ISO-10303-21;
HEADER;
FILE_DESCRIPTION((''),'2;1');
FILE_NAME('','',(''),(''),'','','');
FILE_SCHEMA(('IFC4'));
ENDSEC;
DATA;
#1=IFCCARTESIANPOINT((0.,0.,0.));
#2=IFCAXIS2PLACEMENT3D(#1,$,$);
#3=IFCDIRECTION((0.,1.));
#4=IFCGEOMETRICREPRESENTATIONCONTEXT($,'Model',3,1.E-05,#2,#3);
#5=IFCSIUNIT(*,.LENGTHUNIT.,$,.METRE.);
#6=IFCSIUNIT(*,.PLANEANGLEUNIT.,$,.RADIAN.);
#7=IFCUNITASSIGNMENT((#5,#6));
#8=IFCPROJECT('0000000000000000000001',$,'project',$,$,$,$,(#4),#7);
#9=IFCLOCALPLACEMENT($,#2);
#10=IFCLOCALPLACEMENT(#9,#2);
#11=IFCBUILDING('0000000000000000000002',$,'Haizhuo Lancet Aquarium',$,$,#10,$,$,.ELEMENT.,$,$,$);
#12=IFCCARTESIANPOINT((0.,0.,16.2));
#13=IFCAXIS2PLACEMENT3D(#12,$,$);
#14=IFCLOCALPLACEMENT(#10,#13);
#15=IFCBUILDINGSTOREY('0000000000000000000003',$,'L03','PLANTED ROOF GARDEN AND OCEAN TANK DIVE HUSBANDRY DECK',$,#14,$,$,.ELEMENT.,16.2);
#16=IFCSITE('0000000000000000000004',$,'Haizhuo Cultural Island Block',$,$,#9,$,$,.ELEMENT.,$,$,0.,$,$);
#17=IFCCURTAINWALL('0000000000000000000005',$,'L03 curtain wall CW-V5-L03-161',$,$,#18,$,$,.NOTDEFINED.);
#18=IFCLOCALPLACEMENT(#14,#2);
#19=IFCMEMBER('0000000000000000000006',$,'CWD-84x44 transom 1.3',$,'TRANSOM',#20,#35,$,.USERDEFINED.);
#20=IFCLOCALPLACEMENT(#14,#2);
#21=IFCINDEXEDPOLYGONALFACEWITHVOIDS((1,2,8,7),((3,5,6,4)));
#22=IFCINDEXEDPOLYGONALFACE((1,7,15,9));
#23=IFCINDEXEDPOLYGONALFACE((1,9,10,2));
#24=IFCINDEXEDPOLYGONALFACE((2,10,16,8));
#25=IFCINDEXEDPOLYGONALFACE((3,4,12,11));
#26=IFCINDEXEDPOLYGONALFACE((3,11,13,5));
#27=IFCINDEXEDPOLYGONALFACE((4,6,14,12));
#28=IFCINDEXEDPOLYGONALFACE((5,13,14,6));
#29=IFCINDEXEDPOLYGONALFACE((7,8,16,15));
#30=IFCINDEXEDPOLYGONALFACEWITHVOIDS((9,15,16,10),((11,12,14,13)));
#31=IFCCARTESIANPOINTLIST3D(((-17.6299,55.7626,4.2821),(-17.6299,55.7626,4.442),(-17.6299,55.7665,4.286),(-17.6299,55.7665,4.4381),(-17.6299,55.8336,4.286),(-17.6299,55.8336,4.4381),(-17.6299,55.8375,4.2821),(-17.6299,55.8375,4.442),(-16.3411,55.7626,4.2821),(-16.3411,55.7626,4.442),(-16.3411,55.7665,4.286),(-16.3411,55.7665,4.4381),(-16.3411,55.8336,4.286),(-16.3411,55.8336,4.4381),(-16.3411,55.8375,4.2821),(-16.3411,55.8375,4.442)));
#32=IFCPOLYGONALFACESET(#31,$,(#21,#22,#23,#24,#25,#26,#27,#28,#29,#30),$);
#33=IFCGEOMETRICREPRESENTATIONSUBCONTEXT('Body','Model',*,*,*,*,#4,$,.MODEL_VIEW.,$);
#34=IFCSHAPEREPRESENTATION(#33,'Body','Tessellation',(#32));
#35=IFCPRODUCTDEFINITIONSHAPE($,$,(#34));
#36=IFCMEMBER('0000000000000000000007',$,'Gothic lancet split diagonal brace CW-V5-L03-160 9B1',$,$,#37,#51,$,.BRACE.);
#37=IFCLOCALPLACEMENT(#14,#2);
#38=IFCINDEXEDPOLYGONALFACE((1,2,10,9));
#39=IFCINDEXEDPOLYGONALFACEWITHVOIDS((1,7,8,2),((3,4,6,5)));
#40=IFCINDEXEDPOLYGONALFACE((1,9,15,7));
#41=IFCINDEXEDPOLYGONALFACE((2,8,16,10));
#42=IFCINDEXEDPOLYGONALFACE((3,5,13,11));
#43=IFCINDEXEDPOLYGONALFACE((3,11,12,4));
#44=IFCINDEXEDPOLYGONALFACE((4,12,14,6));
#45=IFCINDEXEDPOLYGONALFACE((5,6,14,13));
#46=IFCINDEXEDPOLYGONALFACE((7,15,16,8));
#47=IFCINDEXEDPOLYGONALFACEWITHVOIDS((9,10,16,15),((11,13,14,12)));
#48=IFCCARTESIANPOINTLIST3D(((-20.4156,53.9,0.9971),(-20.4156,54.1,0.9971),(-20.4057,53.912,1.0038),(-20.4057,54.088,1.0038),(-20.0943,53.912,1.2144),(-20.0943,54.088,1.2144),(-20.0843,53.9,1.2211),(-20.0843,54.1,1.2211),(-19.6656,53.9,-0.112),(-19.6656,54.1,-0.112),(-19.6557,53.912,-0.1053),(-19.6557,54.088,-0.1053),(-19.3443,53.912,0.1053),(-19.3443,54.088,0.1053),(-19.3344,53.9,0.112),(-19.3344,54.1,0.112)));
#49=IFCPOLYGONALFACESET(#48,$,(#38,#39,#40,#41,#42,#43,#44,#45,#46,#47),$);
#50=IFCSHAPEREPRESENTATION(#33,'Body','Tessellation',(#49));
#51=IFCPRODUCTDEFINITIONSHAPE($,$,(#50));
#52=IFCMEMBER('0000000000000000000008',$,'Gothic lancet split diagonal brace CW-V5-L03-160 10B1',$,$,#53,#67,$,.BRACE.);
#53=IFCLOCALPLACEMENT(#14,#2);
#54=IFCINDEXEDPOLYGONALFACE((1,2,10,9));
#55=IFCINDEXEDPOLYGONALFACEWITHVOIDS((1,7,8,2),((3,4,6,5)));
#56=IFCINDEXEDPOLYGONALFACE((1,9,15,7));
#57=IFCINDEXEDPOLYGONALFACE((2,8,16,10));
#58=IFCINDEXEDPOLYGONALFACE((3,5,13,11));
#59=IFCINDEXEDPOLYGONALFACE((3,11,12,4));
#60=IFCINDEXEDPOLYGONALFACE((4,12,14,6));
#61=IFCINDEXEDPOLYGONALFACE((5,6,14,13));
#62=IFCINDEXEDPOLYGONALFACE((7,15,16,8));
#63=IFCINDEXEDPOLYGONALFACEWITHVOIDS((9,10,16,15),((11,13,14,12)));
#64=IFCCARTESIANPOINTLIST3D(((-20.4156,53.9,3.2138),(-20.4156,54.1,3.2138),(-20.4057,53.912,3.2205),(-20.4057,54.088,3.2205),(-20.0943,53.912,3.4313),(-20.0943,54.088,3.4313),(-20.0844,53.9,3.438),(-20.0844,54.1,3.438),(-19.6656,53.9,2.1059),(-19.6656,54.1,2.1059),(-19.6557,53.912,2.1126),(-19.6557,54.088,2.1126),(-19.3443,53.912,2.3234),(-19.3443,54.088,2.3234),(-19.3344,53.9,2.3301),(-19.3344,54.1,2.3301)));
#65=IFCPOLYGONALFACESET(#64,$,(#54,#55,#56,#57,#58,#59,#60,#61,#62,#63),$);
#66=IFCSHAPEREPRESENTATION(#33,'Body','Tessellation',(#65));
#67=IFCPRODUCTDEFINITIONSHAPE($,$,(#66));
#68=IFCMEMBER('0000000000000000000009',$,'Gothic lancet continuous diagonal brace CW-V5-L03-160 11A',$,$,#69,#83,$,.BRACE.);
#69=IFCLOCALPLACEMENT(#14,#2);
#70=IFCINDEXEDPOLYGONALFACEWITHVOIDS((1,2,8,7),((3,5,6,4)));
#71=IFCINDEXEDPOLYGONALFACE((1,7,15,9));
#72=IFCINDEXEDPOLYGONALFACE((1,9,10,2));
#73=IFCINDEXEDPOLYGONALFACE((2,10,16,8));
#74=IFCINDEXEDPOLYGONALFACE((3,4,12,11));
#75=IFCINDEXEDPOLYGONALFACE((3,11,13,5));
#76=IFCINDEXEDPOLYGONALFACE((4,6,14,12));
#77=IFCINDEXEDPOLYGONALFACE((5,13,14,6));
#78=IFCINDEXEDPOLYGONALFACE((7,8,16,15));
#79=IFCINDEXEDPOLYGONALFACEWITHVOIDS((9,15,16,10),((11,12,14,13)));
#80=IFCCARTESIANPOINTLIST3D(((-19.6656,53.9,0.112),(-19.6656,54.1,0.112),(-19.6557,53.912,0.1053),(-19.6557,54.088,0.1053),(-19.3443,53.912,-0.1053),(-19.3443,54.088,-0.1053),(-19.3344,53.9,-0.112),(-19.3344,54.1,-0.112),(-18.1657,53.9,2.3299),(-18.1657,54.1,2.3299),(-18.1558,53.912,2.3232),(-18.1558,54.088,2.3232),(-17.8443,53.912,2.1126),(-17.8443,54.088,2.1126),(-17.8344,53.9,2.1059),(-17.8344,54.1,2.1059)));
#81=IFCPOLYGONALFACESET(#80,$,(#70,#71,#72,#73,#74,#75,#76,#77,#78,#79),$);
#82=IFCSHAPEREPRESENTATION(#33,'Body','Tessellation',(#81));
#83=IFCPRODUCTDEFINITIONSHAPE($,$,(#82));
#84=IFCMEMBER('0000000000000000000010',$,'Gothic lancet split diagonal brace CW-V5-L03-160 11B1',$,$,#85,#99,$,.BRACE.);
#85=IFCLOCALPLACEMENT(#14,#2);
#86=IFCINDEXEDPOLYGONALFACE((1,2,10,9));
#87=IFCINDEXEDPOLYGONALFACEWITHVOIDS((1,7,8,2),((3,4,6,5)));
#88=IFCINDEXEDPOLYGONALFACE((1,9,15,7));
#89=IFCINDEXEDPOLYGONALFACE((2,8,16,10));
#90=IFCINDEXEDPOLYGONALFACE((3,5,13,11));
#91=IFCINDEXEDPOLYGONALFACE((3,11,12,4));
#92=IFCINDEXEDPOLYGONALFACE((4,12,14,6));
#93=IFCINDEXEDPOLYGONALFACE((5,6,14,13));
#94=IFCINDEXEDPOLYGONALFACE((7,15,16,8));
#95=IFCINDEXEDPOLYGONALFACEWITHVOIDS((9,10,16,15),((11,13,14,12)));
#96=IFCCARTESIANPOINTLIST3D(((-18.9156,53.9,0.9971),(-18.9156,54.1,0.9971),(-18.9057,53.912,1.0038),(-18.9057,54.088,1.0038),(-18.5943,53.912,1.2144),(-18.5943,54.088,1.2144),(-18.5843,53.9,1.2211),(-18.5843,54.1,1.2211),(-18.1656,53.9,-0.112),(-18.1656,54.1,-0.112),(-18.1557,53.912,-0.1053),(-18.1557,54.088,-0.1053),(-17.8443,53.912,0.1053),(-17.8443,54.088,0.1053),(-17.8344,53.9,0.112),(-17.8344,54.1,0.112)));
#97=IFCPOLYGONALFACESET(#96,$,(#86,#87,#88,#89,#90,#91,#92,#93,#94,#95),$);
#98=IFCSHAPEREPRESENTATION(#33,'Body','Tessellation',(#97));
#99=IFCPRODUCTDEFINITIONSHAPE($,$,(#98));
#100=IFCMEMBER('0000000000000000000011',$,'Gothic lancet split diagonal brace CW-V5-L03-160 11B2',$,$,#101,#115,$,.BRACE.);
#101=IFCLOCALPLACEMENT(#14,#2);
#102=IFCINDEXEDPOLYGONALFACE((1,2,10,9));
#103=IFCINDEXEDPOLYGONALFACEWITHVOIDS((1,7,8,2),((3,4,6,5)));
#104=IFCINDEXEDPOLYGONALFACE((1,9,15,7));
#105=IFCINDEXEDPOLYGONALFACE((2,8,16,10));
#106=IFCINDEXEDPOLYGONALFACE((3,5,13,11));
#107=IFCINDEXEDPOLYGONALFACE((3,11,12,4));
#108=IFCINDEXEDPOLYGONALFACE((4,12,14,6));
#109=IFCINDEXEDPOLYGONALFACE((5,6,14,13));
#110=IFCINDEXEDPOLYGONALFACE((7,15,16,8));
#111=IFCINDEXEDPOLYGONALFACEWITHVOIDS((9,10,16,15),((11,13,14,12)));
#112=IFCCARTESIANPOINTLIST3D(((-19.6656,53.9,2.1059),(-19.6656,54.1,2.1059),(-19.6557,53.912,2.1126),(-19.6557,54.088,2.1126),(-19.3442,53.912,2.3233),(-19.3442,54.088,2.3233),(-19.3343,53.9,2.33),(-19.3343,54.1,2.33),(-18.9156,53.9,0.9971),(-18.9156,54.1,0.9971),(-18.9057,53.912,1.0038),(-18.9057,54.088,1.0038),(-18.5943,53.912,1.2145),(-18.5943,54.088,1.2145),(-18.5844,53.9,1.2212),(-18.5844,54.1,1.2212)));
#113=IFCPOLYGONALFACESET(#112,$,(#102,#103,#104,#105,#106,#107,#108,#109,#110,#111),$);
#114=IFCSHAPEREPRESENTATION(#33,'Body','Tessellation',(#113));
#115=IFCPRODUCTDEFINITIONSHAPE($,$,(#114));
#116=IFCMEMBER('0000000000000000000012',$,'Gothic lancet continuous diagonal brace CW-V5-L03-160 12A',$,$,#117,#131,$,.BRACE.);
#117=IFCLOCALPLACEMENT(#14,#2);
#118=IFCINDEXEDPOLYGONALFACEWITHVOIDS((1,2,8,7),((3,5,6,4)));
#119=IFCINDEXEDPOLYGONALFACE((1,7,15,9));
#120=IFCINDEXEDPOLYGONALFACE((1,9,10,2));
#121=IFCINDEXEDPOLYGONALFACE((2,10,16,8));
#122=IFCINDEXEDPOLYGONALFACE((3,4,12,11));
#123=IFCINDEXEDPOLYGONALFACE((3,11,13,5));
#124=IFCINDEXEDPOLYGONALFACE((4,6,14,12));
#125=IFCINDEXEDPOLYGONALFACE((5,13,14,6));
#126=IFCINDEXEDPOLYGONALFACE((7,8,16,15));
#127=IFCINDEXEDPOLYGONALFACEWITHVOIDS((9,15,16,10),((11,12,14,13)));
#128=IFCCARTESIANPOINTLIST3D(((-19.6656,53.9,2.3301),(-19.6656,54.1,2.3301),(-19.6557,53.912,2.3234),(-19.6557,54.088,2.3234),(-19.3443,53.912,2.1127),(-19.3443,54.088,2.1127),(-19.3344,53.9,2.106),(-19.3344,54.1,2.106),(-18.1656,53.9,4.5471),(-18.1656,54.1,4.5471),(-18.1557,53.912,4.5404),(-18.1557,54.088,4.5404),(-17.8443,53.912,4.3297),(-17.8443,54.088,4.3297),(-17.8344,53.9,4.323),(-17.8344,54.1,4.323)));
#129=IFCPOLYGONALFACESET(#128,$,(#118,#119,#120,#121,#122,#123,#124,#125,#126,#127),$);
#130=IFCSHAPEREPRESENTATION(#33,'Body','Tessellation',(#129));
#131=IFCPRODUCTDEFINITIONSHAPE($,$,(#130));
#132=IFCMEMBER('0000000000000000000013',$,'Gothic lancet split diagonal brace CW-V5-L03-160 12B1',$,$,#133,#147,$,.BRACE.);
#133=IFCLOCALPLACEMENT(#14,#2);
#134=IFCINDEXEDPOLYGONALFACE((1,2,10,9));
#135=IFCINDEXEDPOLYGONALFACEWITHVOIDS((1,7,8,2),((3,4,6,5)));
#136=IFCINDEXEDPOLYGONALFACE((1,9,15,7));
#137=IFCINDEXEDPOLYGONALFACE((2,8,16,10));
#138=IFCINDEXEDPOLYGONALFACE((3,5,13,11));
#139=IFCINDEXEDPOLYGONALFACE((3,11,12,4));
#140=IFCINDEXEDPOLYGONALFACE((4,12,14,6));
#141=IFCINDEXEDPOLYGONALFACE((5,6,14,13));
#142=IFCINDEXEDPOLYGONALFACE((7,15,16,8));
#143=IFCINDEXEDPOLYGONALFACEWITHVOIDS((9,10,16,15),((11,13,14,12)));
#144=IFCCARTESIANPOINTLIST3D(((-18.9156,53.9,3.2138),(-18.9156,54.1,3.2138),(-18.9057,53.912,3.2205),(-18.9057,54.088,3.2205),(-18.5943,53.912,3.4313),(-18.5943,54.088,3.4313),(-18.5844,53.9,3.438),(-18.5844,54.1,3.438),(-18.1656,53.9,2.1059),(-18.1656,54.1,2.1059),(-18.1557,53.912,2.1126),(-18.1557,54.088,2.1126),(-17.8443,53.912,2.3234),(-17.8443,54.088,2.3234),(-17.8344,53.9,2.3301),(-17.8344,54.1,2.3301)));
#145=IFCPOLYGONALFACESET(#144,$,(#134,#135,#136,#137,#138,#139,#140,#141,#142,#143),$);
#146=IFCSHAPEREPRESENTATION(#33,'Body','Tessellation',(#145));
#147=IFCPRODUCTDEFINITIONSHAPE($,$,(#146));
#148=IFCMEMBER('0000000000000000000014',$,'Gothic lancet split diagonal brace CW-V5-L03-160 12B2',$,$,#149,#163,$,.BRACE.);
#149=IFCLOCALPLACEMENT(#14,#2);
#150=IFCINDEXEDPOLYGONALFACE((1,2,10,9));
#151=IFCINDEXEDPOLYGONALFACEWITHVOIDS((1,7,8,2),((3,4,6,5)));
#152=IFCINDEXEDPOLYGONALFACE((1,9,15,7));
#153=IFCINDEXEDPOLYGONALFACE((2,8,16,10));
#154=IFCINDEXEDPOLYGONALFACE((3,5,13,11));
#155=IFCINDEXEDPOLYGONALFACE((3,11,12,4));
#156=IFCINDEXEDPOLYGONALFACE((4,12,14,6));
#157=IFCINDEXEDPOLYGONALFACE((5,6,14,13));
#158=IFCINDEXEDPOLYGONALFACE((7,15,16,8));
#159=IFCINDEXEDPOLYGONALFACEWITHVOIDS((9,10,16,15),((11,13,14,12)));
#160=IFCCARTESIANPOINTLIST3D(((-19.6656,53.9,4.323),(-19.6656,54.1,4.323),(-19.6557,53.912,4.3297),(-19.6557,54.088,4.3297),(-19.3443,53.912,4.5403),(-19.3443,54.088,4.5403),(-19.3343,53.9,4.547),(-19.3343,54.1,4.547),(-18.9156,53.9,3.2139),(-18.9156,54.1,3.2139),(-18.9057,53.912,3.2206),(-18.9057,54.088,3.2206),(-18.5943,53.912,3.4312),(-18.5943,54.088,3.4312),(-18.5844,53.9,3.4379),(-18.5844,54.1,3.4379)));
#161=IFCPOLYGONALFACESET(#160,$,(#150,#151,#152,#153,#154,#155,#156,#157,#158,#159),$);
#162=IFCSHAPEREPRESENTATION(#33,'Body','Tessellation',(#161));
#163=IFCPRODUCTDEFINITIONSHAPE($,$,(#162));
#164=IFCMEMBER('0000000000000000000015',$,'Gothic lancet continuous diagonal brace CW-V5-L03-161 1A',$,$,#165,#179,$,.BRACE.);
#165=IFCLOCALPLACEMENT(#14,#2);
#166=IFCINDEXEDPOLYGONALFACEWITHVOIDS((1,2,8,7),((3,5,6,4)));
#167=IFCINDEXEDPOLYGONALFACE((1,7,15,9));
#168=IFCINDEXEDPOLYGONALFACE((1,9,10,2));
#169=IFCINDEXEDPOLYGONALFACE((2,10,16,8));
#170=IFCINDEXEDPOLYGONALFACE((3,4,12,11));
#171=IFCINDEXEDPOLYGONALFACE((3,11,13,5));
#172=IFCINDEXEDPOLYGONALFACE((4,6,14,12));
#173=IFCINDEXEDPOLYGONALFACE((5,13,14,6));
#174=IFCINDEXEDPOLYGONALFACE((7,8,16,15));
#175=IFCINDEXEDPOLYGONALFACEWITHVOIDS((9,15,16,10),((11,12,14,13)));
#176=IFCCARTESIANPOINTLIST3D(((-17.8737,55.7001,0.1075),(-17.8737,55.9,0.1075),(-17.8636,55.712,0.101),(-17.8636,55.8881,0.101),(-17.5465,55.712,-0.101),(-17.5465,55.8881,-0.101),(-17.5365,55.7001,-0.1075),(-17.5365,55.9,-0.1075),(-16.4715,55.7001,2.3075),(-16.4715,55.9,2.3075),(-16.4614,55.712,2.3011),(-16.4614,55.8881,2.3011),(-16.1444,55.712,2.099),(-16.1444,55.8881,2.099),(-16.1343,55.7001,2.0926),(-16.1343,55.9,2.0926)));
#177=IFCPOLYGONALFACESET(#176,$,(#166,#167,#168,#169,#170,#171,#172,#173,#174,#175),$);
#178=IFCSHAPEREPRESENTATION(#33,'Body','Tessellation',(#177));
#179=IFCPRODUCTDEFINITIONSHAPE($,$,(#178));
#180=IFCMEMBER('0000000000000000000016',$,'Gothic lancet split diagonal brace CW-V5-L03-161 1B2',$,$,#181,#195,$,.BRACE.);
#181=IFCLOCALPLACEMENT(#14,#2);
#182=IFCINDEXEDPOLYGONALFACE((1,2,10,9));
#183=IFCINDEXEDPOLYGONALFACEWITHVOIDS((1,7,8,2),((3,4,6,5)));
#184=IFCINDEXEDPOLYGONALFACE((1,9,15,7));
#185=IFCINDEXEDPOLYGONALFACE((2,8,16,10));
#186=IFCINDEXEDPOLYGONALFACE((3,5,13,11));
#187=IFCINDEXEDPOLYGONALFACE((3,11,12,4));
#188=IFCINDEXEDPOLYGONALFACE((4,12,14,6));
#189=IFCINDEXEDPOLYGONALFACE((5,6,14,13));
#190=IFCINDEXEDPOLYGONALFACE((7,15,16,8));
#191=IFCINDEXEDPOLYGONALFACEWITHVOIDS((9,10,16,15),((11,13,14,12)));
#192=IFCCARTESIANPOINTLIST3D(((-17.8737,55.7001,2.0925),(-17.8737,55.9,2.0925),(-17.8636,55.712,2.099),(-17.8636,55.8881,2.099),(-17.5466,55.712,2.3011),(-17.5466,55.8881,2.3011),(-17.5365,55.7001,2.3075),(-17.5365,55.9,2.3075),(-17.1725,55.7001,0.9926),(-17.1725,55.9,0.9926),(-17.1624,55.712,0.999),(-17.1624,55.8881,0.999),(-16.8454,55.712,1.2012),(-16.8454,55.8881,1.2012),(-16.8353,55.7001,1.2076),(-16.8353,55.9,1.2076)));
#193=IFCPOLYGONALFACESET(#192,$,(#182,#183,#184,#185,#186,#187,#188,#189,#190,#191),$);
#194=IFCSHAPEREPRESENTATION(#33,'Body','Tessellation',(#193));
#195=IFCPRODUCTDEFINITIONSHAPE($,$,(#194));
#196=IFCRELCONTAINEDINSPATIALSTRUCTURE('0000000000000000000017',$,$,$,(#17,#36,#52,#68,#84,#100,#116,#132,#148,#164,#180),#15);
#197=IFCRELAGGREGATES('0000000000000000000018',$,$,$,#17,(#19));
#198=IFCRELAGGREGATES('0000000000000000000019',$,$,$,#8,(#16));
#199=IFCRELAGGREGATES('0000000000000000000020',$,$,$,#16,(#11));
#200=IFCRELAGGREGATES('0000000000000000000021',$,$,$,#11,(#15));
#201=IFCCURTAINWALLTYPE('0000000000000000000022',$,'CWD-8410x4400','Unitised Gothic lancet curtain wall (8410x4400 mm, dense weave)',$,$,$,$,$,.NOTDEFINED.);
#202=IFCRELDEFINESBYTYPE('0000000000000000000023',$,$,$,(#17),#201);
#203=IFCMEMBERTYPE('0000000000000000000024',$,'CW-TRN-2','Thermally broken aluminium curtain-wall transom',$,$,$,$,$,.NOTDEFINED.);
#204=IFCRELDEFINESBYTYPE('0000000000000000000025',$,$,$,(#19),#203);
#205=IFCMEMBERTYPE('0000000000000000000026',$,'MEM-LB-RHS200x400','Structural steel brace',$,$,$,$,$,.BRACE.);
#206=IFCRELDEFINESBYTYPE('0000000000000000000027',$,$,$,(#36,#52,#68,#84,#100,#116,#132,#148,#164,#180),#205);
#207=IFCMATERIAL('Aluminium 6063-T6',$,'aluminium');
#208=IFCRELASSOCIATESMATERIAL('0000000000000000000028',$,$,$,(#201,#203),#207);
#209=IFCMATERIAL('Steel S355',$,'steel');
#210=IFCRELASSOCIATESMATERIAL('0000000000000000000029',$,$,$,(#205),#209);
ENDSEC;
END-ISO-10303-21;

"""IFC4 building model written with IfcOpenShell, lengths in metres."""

from ifc_helpers import new_model, si_unit, direction, frame, origin, origin_2d, place, context, subcontext, project, spatial, hollow_rectangle, extrude, material, material_profile, profile_set, type_object, element, aggregate, save


model = new_model("IFC4")

# Units and contexts
model_context = context("Model", 3, precision=1e-05, world=origin(), true_north=direction((0.0, 1.0)))
body_context = subcontext(model_context, "Body", "Model", "MODEL_VIEW")
ifc_project = project(units=[si_unit("LENGTHUNIT", "METRE"), si_unit("PLANEANGLEUNIT", "RADIAN")], contexts=[model_context])

# Site, building, storey
site_placement = place(None, origin())
site = spatial("IfcSite", under=ifc_project, at=site_placement, Name="Haizhuo Cultural Island Block", CompositionType="ELEMENT", RefElevation=0.0)
building_placement = place(site_placement, origin())
building = spatial("IfcBuilding", under=site, at=building_placement, Name="Haizhuo Lancet Aquarium", CompositionType="ELEMENT")
storey_placement = place(building_placement, frame((0.0, 0.0, 16.2)))
storey = spatial("IfcBuildingStorey", under=building, at=storey_placement, Name="L03", Description="PLANTED ROOF GARDEN AND OCEAN TANK DIVE HUSBANDRY DECK", CompositionType="ELEMENT", Elevation=16.2)

# Shared definitions
ifc_material_1 = material(Name="Aluminium 6063-T6", Category="aluminium")

# Curtain wall
curtain_wall_type_1 = type_object("IfcCurtainWallType", Name="CWD-8410x4400", Description="Unitised Gothic lancet curtain wall (8410x4400 mm, dense weave)", PredefinedType="NOTDEFINED", material=ifc_material_1)
curtain_wall_1_placement = place(storey_placement, origin())
curtain_wall_1 = element("IfcCurtainWall", 1, at=curtain_wall_1_placement, inside=storey, type_object=curtain_wall_type_1, Name="L03 curtain wall CW-V5-L03-161", PredefinedType="NOTDEFINED")

# Member
ifc_material_profile_1 = material_profile(ifc_material_1, hollow_rectangle(XDim=0.075, YDim=0.1599, WallThickness=0.0039, at=origin_2d()), Name="ALU-T 75x160x4")
ifc_profile_set_1 = profile_set([ifc_material_profile_1], Name="Aluminium 6063-T6")
member_type_1 = type_object("IfcMemberType", Name="CW-TRN-2", Description="Thermally broken aluminium curtain-wall transom", PredefinedType="NOTDEFINED", material=ifc_profile_set_1)
member_1_placement = place(storey_placement, frame((-17.6299, 55.8, 4.3621), z_axis=(1.0, 0.0, 0.0), x_axis=(0.0, 1.0, 0.0)))
member_1 = element("IfcMember", 2, at=member_1_placement, type_object=member_type_1, Name="CWD-84x44 transom 1.3", ObjectType="TRANSOM", PredefinedType="USERDEFINED", context=body_context, shape_type="SweptSolid", body=[
    extrude(hollow_rectangle(XDim=0.075, YDim=0.1599, WallThickness=0.0039, at=origin_2d()), origin(), (0.0, 0.0, 1.0), 1.2888),
])
aggregate(curtain_wall_1, [member_1])

# Members
ifc_material_2 = material(Name="Steel S355", Category="steel")
ifc_material_profile_2 = material_profile(ifc_material_2, hollow_rectangle(XDim=0.2, YDim=0.3999, WallThickness=0.012, at=origin_2d()), Name="RHS 200x400x12")
ifc_profile_set_2 = profile_set([ifc_material_profile_2], Name="Steel S355")
member_type_2 = type_object("IfcMemberType", Name="MEM-LB-RHS200x400", Description="Structural steel brace", PredefinedType="BRACE", material=ifc_profile_set_2)
member_2_placement = place(storey_placement, frame((-19.5, 54.0, 0.0), z_axis=(-0.560159, 0.0, 0.828385), x_axis=(0.0, -1.0, 0.0)))
element("IfcMember", 3, at=member_2_placement, inside=storey, type_object=member_type_2, Name="Gothic lancet split diagonal brace CW-V5-L03-160 9B1", PredefinedType="BRACE", context=body_context, shape_type="SweptSolid", body=[
    extrude(hollow_rectangle(XDim=0.2, YDim=0.3999, WallThickness=0.012, at=origin_2d()), origin(), (0.0, 0.0, 1.0), 1.3389),
])
member_3_placement = place(storey_placement, frame((-19.5, 54.0, 2.218), z_axis=(-0.560582, 0.0, 0.828099), x_axis=(0.0, -1.0, 0.0)))
element("IfcMember", 4, at=member_3_placement, inside=storey, type_object=member_type_2, Name="Gothic lancet split diagonal brace CW-V5-L03-160 10B1", PredefinedType="BRACE", context=body_context, shape_type="SweptSolid", body=[
    extrude(hollow_rectangle(XDim=0.2, YDim=0.3999, WallThickness=0.012, at=origin_2d()), origin(), (0.0, 0.0, 1.0), 1.3379),
])
member_4_placement = place(storey_placement, frame((-19.5, 54.0, 0.0), z_axis=(0.560201, 0.0, 0.828357), x_axis=(0.0, 1.0, 0.0)))
element("IfcMember", 5, at=member_4_placement, inside=storey, type_object=member_type_2, Name="Gothic lancet continuous diagonal brace CW-V5-L03-160 11A", PredefinedType="BRACE", context=body_context, shape_type="SweptSolid", body=[
    extrude(hollow_rectangle(XDim=0.2, YDim=0.3999, WallThickness=0.012, at=origin_2d()), origin(), (0.0, 0.0, 1.0), 2.6775),
])
member_5_placement = place(storey_placement, frame((-18.0, 54.0, 0.0), z_axis=(-0.560159, 0.0, 0.828385), x_axis=(0.0, -1.0, 0.0)))
element("IfcMember", 6, at=member_5_placement, inside=storey, type_object=member_type_2, Name="Gothic lancet split diagonal brace CW-V5-L03-160 11B1", PredefinedType="BRACE", context=body_context, shape_type="SweptSolid", body=[
    extrude(hollow_rectangle(XDim=0.2, YDim=0.3999, WallThickness=0.012, at=origin_2d()), origin(), (0.0, 0.0, 1.0), 1.3389),
])
member_6_placement = place(storey_placement, frame((-18.75, 54.0, 1.1091), z_axis=(-0.560243, 0.0, 0.828328), x_axis=(0.0, -1.0, 0.0)))
element("IfcMember", 7, at=member_6_placement, inside=storey, type_object=member_type_2, Name="Gothic lancet split diagonal brace CW-V5-L03-160 11B2", PredefinedType="BRACE", context=body_context, shape_type="SweptSolid", body=[
    extrude(hollow_rectangle(XDim=0.2, YDim=0.3999, WallThickness=0.012, at=origin_2d()), origin(), (0.0, 0.0, 1.0), 1.3386),
])
member_7_placement = place(storey_placement, frame((-19.5, 54.0, 2.218), z_axis=(0.56037, 0.0, 0.828242), x_axis=(0.0, 1.0, 0.0)))
element("IfcMember", 8, at=member_7_placement, inside=storey, type_object=member_type_2, Name="Gothic lancet continuous diagonal brace CW-V5-L03-160 12A", PredefinedType="BRACE", context=body_context, shape_type="SweptSolid", body=[
    extrude(hollow_rectangle(XDim=0.2, YDim=0.3999, WallThickness=0.012, at=origin_2d()), origin(), (0.0, 0.0, 1.0), 2.6768),
])
member_8_placement = place(storey_placement, frame((-18.0, 54.0, 2.218), z_axis=(-0.560582, 0.0, 0.828099), x_axis=(0.0, -1.0, 0.0)))
element("IfcMember", 9, at=member_8_placement, inside=storey, type_object=member_type_2, Name="Gothic lancet split diagonal brace CW-V5-L03-160 12B1", PredefinedType="BRACE", context=body_context, shape_type="SweptSolid", body=[
    extrude(hollow_rectangle(XDim=0.2, YDim=0.3999, WallThickness=0.012, at=origin_2d()), origin(), (0.0, 0.0, 1.0), 1.3379),
])
member_9_placement = place(storey_placement, frame((-18.75, 54.0, 3.3259), z_axis=(-0.560159, 0.0, 0.828385), x_axis=(0.0, -1.0, 0.0)))
element("IfcMember", 10, at=member_9_placement, inside=storey, type_object=member_type_2, Name="Gothic lancet split diagonal brace CW-V5-L03-160 12B2", PredefinedType="BRACE", context=body_context, shape_type="SweptSolid", body=[
    extrude(hollow_rectangle(XDim=0.2, YDim=0.3999, WallThickness=0.012, at=origin_2d()), origin(), (0.0, 0.0, 1.0), 1.3389),
])
member_10_placement = place(storey_placement, frame((-17.7051, 55.8, 0.0), z_axis=(0.537457, 0.0, 0.843291), x_axis=(0.0, 1.0, 0.0)))
element("IfcMember", 11, at=member_10_placement, inside=storey, type_object=member_type_2, Name="Gothic lancet continuous diagonal brace CW-V5-L03-161 1A", PredefinedType="BRACE", context=body_context, shape_type="SweptSolid", body=[
    extrude(hollow_rectangle(XDim=0.2, YDim=0.3999, WallThickness=0.012, at=origin_2d()), origin(), (0.0, 0.0, 1.0), 2.6089),
])
member_11_placement = place(storey_placement, frame((-17.0039, 55.8, 1.1001), z_axis=(-0.537566, 0.0, 0.843222), x_axis=(0.0, -1.0, 0.0)))
element("IfcMember", 12, at=member_11_placement, inside=storey, type_object=member_type_2, Name="Gothic lancet split diagonal brace CW-V5-L03-161 1B2", PredefinedType="BRACE", context=body_context, shape_type="SweptSolid", body=[
    extrude(hollow_rectangle(XDim=0.2, YDim=0.3999, WallThickness=0.012, at=origin_2d()), origin(), (0.0, 0.0, 1.0), 1.3044),
])

save(model, "model.ifc")
